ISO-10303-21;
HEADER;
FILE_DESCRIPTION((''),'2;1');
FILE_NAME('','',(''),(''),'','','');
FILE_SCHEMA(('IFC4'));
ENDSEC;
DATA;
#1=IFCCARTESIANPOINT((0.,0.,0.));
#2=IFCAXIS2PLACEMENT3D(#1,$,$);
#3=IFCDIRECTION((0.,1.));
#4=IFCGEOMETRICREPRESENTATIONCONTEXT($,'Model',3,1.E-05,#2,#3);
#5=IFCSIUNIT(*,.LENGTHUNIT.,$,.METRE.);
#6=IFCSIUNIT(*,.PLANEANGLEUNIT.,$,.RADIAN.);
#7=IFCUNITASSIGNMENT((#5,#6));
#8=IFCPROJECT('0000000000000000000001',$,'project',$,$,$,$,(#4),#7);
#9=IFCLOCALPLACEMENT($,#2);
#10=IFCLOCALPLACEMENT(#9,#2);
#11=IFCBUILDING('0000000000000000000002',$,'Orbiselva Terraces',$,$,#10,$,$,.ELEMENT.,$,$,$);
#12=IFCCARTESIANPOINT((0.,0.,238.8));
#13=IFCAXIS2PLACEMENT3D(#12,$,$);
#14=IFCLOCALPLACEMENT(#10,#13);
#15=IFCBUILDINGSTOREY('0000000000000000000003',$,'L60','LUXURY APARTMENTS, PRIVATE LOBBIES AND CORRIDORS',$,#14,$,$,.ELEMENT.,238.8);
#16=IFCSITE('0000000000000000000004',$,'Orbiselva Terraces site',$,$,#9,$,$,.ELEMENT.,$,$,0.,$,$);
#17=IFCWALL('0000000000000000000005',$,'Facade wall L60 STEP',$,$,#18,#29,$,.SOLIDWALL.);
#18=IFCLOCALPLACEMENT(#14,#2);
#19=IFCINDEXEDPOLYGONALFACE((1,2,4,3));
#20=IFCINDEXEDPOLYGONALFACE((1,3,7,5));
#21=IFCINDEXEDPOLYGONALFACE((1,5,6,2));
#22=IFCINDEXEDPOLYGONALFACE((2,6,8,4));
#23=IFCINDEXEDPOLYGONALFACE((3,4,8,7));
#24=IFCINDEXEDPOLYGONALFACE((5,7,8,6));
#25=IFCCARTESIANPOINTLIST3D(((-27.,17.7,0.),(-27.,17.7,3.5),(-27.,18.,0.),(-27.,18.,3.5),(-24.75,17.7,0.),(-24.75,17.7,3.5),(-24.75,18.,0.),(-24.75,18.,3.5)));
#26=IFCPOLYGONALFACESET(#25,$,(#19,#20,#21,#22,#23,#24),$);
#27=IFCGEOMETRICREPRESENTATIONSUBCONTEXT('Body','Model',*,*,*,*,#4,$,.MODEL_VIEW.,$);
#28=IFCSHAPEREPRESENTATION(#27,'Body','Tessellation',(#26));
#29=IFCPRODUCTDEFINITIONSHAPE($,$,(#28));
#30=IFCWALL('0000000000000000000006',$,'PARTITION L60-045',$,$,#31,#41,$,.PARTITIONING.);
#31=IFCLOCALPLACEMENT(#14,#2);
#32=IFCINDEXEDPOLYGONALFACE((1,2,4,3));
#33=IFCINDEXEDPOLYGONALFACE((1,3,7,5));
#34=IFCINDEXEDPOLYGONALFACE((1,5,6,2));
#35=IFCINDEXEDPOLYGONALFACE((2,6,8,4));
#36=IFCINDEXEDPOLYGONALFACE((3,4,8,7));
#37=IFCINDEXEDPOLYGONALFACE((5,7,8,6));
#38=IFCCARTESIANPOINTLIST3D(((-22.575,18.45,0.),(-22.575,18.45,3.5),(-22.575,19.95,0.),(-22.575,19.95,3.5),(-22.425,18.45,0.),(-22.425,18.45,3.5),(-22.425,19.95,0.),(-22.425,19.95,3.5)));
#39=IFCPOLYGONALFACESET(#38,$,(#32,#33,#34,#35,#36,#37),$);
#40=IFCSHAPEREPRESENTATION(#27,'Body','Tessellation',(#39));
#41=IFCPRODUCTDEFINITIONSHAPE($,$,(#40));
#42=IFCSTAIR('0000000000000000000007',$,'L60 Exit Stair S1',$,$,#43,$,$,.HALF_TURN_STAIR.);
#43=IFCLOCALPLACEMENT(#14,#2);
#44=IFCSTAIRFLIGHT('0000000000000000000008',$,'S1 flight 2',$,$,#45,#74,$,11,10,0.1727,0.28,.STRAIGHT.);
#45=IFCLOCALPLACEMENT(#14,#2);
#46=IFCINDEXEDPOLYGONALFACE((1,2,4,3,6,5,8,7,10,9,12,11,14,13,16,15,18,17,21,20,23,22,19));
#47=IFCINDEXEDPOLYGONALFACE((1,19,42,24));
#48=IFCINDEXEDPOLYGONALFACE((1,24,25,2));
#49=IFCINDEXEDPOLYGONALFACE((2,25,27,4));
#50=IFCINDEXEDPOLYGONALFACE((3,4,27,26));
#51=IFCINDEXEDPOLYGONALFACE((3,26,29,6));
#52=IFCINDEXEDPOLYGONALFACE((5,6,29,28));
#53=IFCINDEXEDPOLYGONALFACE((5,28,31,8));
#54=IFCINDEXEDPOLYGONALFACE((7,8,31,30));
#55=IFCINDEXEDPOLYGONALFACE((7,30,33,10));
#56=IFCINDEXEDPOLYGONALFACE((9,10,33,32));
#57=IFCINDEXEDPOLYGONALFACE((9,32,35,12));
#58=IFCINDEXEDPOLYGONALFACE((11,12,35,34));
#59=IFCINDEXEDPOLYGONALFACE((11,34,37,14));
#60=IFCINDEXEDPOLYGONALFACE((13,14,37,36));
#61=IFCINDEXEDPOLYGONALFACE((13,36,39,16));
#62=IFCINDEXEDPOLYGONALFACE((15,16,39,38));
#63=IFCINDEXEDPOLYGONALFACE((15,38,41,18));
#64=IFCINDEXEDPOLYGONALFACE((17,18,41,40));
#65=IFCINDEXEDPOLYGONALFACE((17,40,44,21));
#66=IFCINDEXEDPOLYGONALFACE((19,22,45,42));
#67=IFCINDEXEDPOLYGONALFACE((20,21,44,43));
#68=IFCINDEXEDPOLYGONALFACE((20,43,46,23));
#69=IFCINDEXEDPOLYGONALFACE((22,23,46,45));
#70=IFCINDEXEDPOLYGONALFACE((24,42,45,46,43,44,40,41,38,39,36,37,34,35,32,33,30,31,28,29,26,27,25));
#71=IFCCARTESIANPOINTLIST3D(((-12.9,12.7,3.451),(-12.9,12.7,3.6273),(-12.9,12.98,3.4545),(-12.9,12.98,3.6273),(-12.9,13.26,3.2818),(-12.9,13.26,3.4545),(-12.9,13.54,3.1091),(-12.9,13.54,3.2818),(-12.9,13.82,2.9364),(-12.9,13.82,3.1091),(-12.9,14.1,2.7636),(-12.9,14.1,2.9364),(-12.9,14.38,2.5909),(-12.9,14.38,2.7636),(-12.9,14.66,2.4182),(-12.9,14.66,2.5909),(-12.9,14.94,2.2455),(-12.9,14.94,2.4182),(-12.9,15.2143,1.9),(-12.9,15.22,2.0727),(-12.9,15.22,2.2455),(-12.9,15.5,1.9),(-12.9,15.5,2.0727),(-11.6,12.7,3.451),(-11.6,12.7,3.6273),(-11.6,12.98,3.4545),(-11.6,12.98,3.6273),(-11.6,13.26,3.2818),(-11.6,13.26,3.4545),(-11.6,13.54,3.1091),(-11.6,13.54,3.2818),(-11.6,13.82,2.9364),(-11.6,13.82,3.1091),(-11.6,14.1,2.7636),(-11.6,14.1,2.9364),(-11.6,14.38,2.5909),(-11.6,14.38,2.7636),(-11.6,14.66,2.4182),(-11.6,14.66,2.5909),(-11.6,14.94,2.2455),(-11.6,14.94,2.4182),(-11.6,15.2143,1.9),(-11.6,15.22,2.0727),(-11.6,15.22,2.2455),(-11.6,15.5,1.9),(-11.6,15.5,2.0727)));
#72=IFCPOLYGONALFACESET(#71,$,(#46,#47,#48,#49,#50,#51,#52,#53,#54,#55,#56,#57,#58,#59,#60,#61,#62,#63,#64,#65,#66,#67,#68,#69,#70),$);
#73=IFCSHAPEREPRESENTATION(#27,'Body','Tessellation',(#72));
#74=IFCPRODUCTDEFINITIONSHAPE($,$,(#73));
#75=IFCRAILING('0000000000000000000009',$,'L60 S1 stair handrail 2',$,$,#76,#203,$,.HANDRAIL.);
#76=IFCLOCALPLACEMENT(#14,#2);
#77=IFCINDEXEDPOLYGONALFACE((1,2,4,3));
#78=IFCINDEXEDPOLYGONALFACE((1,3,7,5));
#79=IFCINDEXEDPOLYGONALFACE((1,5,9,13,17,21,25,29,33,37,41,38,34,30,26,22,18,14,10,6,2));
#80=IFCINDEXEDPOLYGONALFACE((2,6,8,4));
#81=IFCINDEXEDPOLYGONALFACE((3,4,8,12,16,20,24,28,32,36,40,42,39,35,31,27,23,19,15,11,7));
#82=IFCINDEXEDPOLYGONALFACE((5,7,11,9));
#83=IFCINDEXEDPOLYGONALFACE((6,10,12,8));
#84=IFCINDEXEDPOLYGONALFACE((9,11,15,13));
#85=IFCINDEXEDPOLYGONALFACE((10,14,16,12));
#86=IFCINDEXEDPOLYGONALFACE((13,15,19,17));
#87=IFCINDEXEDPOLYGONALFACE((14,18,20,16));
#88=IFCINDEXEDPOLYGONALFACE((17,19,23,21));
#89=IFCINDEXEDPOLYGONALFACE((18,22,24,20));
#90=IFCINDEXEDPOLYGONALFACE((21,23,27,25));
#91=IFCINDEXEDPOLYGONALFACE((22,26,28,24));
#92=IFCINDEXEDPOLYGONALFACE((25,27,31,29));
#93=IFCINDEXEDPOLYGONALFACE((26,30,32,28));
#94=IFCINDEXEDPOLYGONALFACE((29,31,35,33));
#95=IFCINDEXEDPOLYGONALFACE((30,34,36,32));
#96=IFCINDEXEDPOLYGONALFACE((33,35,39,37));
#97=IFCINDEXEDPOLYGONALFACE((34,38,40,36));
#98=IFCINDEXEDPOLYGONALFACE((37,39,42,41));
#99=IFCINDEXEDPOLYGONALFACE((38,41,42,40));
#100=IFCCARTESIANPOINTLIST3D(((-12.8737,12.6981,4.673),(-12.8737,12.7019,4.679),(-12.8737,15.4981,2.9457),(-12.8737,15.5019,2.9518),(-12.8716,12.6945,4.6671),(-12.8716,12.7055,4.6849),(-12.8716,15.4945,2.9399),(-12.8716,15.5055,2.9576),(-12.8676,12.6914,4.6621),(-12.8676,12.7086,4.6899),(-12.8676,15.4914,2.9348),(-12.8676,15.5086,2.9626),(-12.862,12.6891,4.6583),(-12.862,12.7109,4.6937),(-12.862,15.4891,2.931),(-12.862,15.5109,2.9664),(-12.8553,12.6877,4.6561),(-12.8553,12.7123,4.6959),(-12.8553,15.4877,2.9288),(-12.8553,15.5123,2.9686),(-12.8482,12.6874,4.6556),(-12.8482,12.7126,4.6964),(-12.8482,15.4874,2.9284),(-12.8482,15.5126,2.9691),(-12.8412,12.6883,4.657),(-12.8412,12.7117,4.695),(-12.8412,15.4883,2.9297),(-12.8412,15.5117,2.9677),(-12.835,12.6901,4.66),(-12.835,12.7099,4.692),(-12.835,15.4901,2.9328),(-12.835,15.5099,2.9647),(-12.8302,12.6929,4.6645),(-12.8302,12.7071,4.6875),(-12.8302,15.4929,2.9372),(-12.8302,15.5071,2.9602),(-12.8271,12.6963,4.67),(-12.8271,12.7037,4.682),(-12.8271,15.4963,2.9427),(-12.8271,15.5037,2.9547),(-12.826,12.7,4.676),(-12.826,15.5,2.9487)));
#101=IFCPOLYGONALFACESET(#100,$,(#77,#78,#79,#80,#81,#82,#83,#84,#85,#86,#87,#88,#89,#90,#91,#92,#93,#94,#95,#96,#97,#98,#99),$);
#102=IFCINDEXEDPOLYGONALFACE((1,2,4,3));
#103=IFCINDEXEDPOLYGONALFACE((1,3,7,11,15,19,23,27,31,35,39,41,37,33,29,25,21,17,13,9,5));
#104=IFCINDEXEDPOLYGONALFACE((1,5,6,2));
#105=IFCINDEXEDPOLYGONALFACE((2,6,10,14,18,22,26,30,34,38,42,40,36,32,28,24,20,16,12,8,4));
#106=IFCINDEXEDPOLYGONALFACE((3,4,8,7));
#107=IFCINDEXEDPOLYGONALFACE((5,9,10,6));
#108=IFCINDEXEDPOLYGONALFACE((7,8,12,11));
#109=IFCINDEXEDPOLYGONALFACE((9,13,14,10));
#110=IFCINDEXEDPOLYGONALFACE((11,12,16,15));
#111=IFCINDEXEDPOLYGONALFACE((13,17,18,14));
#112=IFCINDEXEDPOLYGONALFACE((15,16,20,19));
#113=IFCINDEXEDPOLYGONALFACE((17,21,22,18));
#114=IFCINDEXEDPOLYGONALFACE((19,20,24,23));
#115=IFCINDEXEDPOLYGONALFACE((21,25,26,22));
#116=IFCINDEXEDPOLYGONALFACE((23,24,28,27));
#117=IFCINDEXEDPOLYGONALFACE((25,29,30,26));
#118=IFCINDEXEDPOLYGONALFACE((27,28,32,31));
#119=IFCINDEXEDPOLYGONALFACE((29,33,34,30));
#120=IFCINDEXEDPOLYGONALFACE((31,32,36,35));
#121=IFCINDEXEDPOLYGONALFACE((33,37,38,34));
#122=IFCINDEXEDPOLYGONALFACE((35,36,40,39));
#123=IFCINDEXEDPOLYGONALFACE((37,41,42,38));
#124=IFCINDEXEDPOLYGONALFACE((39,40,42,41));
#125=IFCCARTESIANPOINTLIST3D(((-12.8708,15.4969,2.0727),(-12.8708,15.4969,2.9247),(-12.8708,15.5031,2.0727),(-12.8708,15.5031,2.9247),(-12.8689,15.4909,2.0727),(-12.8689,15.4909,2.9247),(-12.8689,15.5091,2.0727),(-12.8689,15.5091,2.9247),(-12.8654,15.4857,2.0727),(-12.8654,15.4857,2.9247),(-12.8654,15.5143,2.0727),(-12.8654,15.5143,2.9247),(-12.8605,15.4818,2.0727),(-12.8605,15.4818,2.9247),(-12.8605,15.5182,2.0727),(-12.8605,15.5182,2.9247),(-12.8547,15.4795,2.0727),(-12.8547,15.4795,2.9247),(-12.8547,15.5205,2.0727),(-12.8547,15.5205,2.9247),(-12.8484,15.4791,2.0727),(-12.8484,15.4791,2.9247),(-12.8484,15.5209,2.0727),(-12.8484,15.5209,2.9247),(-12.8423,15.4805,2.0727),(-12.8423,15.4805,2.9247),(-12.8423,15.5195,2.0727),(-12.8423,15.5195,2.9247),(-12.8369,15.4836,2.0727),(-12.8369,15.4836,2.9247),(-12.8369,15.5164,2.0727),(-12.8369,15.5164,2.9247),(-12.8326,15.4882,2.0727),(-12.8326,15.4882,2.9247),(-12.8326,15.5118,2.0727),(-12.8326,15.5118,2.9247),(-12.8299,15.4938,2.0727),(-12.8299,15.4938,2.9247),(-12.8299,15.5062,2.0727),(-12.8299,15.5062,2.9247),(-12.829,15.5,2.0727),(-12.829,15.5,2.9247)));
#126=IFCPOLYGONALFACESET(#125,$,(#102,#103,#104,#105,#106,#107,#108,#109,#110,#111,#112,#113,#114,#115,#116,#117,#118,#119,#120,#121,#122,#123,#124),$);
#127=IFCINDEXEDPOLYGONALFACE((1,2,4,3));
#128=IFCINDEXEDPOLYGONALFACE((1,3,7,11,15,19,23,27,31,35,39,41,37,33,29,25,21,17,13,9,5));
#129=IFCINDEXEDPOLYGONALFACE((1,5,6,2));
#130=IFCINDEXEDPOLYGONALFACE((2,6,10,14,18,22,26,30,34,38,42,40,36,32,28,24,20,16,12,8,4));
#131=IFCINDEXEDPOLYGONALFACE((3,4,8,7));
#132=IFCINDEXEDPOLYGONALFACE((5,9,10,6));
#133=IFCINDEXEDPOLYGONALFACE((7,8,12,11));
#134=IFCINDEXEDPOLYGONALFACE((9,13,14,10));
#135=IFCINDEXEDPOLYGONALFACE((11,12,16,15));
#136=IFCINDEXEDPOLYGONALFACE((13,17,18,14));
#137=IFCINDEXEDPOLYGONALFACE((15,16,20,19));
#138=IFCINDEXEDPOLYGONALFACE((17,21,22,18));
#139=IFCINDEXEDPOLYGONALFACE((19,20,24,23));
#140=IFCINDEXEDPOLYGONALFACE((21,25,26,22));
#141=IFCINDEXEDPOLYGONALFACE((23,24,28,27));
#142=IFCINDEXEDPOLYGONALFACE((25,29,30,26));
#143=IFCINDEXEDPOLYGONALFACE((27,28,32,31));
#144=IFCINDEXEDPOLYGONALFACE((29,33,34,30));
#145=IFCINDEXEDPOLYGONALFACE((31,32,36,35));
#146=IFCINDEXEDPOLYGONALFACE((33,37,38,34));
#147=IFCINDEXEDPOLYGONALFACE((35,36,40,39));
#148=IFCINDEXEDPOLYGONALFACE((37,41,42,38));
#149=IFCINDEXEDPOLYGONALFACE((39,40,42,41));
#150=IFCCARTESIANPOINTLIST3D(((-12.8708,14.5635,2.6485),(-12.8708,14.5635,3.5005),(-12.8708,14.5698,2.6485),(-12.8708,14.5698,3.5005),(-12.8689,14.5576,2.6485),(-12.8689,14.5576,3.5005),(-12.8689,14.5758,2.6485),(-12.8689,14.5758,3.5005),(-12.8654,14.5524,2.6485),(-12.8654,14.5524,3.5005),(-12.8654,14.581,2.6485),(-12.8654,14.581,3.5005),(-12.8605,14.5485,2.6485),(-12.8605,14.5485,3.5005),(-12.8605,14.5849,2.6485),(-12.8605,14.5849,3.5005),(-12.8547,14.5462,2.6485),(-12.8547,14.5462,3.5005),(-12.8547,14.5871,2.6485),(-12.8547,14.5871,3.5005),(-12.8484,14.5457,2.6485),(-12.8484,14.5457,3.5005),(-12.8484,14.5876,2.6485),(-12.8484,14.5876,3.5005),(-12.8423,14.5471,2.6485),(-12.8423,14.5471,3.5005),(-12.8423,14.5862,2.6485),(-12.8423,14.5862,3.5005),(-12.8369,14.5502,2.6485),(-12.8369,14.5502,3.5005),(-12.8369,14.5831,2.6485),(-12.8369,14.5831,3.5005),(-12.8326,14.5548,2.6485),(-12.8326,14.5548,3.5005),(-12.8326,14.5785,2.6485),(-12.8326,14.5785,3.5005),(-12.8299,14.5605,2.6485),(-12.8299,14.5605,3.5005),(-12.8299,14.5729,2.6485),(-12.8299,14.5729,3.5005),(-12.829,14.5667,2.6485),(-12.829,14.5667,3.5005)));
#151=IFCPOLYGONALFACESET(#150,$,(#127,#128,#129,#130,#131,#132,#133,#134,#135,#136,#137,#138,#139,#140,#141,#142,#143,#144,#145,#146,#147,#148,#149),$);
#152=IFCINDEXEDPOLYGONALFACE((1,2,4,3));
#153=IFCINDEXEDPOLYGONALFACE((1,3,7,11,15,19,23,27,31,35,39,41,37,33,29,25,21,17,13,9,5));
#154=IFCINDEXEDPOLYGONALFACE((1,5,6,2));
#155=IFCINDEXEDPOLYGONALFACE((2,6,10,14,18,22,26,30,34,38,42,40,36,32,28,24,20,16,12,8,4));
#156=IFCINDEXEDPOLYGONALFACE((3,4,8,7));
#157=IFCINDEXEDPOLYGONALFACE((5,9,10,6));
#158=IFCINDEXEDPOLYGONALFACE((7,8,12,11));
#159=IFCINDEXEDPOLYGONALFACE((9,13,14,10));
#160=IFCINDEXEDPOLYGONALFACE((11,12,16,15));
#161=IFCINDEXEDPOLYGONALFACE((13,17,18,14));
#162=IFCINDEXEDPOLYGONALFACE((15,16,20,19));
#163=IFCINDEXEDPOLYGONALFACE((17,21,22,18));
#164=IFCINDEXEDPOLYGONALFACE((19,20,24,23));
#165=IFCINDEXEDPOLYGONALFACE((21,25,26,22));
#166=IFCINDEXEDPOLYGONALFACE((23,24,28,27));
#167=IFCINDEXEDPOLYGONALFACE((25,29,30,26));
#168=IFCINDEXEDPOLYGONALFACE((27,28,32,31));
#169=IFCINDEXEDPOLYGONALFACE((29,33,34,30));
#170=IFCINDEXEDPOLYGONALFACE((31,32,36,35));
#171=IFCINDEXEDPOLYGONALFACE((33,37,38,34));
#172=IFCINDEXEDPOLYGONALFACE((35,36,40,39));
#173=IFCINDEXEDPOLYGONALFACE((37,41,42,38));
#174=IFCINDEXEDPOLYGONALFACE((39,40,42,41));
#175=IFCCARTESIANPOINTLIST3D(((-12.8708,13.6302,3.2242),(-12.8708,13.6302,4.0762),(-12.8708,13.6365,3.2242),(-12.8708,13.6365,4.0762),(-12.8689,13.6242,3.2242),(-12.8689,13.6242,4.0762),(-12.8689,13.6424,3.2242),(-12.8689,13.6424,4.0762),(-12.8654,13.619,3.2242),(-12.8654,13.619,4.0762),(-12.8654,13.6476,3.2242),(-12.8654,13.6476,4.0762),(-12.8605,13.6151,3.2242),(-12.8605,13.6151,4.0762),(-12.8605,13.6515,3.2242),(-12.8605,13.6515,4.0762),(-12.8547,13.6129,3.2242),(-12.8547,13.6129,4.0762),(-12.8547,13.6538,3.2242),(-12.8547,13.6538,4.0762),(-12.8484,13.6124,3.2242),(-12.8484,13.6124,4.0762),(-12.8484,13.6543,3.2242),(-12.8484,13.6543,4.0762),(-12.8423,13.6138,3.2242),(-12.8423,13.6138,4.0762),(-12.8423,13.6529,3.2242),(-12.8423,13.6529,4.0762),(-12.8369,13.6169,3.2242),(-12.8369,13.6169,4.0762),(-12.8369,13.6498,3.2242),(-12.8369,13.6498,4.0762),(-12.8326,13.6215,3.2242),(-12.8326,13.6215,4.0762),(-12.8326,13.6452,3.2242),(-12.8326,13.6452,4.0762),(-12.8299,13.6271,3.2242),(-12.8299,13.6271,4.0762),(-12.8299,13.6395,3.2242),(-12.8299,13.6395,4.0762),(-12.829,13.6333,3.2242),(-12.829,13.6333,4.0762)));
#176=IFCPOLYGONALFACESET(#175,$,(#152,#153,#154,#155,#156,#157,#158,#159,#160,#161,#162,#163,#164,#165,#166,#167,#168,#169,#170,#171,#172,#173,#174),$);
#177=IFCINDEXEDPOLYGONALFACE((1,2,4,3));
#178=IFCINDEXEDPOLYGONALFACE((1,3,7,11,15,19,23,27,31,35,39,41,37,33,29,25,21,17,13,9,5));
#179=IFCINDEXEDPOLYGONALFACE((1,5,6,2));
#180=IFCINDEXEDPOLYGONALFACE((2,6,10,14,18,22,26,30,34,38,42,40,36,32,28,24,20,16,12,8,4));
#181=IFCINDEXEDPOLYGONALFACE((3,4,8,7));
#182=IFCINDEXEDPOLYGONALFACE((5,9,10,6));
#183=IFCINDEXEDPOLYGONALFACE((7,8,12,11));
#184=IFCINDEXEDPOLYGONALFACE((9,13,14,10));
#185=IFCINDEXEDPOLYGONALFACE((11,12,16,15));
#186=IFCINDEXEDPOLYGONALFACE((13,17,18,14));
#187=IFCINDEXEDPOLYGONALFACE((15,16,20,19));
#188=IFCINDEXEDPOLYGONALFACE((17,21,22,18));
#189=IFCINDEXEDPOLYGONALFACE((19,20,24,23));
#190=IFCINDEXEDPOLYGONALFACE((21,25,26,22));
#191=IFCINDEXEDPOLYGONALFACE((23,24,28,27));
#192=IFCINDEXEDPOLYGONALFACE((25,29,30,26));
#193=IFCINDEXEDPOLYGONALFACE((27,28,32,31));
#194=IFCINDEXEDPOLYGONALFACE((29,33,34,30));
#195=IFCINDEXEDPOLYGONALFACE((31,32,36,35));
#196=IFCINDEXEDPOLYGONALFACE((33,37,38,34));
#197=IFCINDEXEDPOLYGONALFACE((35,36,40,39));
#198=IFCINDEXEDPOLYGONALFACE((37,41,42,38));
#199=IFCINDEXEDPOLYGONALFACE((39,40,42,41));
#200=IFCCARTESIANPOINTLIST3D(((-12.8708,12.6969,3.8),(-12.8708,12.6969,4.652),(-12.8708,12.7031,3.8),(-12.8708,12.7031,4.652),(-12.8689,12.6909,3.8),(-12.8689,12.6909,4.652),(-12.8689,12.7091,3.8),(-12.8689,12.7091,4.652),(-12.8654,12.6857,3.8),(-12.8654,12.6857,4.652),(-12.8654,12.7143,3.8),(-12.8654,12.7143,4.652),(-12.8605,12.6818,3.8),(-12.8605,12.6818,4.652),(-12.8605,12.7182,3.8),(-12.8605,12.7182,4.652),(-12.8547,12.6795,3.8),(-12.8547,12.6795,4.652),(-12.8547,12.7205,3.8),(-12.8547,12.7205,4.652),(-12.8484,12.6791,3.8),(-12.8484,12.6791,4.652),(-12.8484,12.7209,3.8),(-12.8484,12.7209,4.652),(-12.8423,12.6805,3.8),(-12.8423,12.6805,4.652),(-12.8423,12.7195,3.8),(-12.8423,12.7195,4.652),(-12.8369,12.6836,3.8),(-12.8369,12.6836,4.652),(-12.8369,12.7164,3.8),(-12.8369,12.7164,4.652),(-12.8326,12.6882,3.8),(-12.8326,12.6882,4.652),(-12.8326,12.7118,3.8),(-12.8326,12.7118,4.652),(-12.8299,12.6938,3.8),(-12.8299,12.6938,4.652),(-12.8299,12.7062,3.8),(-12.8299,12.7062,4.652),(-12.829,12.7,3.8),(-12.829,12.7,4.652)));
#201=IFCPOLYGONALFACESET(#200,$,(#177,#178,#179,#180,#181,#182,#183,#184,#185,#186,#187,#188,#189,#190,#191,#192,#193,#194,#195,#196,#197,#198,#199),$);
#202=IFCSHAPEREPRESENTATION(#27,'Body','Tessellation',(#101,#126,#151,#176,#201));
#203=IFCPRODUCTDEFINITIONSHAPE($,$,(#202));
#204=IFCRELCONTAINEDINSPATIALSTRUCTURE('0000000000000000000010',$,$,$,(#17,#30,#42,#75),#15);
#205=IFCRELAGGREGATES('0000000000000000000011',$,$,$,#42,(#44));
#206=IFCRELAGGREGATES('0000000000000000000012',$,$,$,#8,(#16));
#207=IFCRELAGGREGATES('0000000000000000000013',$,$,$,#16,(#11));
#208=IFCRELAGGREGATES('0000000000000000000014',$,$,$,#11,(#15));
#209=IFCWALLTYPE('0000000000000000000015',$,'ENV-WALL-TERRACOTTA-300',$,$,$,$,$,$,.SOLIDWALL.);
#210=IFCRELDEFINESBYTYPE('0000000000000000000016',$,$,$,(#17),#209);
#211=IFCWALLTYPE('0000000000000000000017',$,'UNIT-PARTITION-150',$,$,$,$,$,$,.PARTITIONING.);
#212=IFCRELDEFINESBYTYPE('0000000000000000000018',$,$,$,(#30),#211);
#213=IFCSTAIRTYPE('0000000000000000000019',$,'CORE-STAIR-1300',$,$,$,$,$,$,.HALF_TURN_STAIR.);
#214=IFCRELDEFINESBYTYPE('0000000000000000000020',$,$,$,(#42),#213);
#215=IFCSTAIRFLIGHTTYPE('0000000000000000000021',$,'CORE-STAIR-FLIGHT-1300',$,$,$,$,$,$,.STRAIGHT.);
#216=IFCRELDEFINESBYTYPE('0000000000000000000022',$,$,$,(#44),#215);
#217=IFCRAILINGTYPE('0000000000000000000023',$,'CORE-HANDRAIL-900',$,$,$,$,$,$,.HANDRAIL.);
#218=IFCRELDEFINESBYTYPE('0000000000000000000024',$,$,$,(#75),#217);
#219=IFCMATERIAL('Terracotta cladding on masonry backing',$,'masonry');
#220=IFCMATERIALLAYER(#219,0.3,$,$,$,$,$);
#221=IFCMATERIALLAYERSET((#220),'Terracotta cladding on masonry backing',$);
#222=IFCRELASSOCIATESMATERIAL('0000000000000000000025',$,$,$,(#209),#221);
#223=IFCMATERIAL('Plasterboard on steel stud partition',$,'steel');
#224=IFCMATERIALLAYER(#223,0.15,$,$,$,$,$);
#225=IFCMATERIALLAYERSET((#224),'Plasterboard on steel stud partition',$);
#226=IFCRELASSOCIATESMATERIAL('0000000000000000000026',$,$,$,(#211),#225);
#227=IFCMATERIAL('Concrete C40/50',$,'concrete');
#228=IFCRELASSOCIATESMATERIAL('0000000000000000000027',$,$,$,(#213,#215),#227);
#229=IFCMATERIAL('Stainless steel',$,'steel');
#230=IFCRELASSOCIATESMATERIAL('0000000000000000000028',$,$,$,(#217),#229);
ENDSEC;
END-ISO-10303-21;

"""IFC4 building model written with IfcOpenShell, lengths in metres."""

from ifc_helpers import new_model, si_unit, direction, frame, frame_2d, origin, origin_2d, place, context, subcontext, project, spatial, polyline, rectangle, circle, outline, extrude, material, layer, layer_set, type_object, element, aggregate, save


model = new_model("IFC4")

# Units and contexts
model_context = context("Model", 3, precision=1e-05, world=origin(), true_north=direction((0.0, 1.0)))
body_context = subcontext(model_context, "Body", "Model", "MODEL_VIEW")
ifc_project = project(units=[si_unit("LENGTHUNIT", "METRE"), si_unit("PLANEANGLEUNIT", "RADIAN")], contexts=[model_context])

# Site, building, storey
site_placement = place(None, origin())
site = spatial("IfcSite", under=ifc_project, at=site_placement, Name="Orbiselva Terraces site", CompositionType="ELEMENT", RefElevation=0.0)
building_placement = place(site_placement, origin())
building = spatial("IfcBuilding", under=site, at=building_placement, Name="Orbiselva Terraces", CompositionType="ELEMENT")
storey_placement = place(building_placement, frame((0.0, 0.0, 238.8)))
storey = spatial("IfcBuildingStorey", under=building, at=storey_placement, Name="L60", Description="LUXURY APARTMENTS, PRIVATE LOBBIES AND CORRIDORS", CompositionType="ELEMENT", Elevation=238.8)

# Shared definitions
ifc_material_1 = material(Name="Terracotta cladding on masonry backing", Category="masonry")
ifc_layer_1 = layer(ifc_material_1, 0.3)
ifc_layer_set_1 = layer_set([ifc_layer_1], Name="Terracotta cladding on masonry backing")
wall_type_1 = type_object("IfcWallType", Name="ENV-WALL-TERRACOTTA-300", PredefinedType="SOLIDWALL", material=ifc_layer_set_1)

# Walls
wall_1_placement = place(storey_placement, frame((-27.0, 17.85, 0.0), z_axis=(0.0, 0.0, 1.0), x_axis=(1.0, 0.0, 0.0)))
element("IfcWall", 1, at=wall_1_placement, inside=storey, type_object=wall_type_1, Name="Facade wall L60 STEP", PredefinedType="SOLIDWALL", context=body_context, shape_type="SweptSolid", body=[
    extrude(rectangle(XDim=2.25, YDim=0.3, at=frame_2d((1.125, 0.0))), origin(), (0.0, 0.0, 1.0), 3.5),
])
ifc_material_2 = material(Name="Plasterboard on steel stud partition", Category="steel")
ifc_layer_2 = layer(ifc_material_2, 0.15)
ifc_layer_set_2 = layer_set([ifc_layer_2], Name="Plasterboard on steel stud partition")
wall_type_2 = type_object("IfcWallType", Name="UNIT-PARTITION-150", PredefinedType="PARTITIONING", material=ifc_layer_set_2)
wall_2_placement = place(storey_placement, frame((-22.5, 18.45, 0.0), z_axis=(0.0, 0.0, 1.0), x_axis=(0.0, 1.0, 0.0)))
element("IfcWall", 2, at=wall_2_placement, inside=storey, type_object=wall_type_2, Name="PARTITION L60-045", PredefinedType="PARTITIONING", context=body_context, shape_type="SweptSolid", body=[
    extrude(rectangle(XDim=1.5, YDim=0.15, at=frame_2d((0.75, 0.0))), origin(), (0.0, 0.0, 1.0), 3.5),
])

# Stair, stair flight
ifc_material_3 = material(Name="Concrete C40/50", Category="concrete")
stair_type = type_object("IfcStairType", Name="CORE-STAIR-1300", PredefinedType="HALF_TURN_STAIR", material=ifc_material_3)
stair_placement = place(storey_placement, origin())
stair = element("IfcStair", 3, at=stair_placement, inside=storey, type_object=stair_type, Name="L60 Exit Stair S1", PredefinedType="HALF_TURN_STAIR")
stair_flight_type = type_object("IfcStairFlightType", Name="CORE-STAIR-FLIGHT-1300", PredefinedType="STRAIGHT", material=ifc_material_3)
stair_flight_placement = place(storey_placement, frame((-12.25, 15.5, 1.9), z_axis=(0.0, 0.0, 1.0), x_axis=(0.0, -1.0, 0.0)))
stair_flight = element("IfcStairFlight", 4, at=stair_flight_placement, type_object=stair_flight_type, Name="S1 flight 2", NumberOfRisers=11, NumberOfTreads=10, PredefinedType="STRAIGHT", RiserHeight=0.1727, TreadLength=0.28, context=body_context, shape_type="SweptSolid", body=[
    extrude(outline(polyline([(0.0, 0.0), (0.0, 0.1727), (0.28, 0.1727), (0.28, 0.3455), (0.56, 0.3455), (0.56, 0.5182), (0.84, 0.5182), (0.84, 0.6909), (1.12, 0.6909), (1.12, 0.8636), (1.4, 0.8636), (1.4, 1.0364), (1.68, 1.0364), (1.68, 1.2091), (1.96, 1.2091), (1.96, 1.3818), (2.24, 1.3818), (2.24, 1.5545), (2.52, 1.5545), (2.52, 1.7273), (2.8, 1.7273), (2.8, 1.9), (2.8, 1.551), (0.2857, 0.0), (0.0, 0.0)])), frame((0.0, 0.65, 0.0), z_axis=(0.0, -1.0, 0.0), x_axis=(1.0, 0.0, 0.0)), (0.0, 0.0, 1.0), 1.3),
])
aggregate(stair, [stair_flight])

# Railing
ifc_material_4 = material(Name="Stainless steel", Category="steel")
railing_type_1 = type_object("IfcRailingType", Name="CORE-HANDRAIL-900", PredefinedType="HANDRAIL", material=ifc_material_4)
railing_1_placement = place(storey_placement, frame((-12.85, 15.5, 2.0727)))
element("IfcRailing", 5, at=railing_1_placement, inside=storey, type_object=railing_type_1, Name="L60 S1 stair handrail 2", PredefinedType="HANDRAIL", context=body_context, shape_type="SweptSolid", body=[
    extrude(circle(Radius=0.024, at=origin_2d()), frame((0.0, 0.0, 0.876), z_axis=(0.0, -0.851089, 0.525022), x_axis=(1.0, 0.0, 0.0)), (0.0, 0.0, 1.0), 3.2899),
    extrude(circle(Radius=0.021, at=origin_2d()), origin(), (0.0, 0.0, 1.0), 0.852),
    extrude(circle(Radius=0.021, at=origin_2d()), frame((0.0, -0.9333, 0.5758)), (0.0, 0.0, 1.0), 0.852),
    extrude(circle(Radius=0.021, at=origin_2d()), frame((0.0, -1.8667, 1.1515)), (0.0, 0.0, 1.0), 0.852),
    extrude(circle(Radius=0.021, at=origin_2d()), frame((0.0, -2.8, 1.7273)), (0.0, 0.0, 1.0), 0.852),
])

save(model, "model.ifc")
